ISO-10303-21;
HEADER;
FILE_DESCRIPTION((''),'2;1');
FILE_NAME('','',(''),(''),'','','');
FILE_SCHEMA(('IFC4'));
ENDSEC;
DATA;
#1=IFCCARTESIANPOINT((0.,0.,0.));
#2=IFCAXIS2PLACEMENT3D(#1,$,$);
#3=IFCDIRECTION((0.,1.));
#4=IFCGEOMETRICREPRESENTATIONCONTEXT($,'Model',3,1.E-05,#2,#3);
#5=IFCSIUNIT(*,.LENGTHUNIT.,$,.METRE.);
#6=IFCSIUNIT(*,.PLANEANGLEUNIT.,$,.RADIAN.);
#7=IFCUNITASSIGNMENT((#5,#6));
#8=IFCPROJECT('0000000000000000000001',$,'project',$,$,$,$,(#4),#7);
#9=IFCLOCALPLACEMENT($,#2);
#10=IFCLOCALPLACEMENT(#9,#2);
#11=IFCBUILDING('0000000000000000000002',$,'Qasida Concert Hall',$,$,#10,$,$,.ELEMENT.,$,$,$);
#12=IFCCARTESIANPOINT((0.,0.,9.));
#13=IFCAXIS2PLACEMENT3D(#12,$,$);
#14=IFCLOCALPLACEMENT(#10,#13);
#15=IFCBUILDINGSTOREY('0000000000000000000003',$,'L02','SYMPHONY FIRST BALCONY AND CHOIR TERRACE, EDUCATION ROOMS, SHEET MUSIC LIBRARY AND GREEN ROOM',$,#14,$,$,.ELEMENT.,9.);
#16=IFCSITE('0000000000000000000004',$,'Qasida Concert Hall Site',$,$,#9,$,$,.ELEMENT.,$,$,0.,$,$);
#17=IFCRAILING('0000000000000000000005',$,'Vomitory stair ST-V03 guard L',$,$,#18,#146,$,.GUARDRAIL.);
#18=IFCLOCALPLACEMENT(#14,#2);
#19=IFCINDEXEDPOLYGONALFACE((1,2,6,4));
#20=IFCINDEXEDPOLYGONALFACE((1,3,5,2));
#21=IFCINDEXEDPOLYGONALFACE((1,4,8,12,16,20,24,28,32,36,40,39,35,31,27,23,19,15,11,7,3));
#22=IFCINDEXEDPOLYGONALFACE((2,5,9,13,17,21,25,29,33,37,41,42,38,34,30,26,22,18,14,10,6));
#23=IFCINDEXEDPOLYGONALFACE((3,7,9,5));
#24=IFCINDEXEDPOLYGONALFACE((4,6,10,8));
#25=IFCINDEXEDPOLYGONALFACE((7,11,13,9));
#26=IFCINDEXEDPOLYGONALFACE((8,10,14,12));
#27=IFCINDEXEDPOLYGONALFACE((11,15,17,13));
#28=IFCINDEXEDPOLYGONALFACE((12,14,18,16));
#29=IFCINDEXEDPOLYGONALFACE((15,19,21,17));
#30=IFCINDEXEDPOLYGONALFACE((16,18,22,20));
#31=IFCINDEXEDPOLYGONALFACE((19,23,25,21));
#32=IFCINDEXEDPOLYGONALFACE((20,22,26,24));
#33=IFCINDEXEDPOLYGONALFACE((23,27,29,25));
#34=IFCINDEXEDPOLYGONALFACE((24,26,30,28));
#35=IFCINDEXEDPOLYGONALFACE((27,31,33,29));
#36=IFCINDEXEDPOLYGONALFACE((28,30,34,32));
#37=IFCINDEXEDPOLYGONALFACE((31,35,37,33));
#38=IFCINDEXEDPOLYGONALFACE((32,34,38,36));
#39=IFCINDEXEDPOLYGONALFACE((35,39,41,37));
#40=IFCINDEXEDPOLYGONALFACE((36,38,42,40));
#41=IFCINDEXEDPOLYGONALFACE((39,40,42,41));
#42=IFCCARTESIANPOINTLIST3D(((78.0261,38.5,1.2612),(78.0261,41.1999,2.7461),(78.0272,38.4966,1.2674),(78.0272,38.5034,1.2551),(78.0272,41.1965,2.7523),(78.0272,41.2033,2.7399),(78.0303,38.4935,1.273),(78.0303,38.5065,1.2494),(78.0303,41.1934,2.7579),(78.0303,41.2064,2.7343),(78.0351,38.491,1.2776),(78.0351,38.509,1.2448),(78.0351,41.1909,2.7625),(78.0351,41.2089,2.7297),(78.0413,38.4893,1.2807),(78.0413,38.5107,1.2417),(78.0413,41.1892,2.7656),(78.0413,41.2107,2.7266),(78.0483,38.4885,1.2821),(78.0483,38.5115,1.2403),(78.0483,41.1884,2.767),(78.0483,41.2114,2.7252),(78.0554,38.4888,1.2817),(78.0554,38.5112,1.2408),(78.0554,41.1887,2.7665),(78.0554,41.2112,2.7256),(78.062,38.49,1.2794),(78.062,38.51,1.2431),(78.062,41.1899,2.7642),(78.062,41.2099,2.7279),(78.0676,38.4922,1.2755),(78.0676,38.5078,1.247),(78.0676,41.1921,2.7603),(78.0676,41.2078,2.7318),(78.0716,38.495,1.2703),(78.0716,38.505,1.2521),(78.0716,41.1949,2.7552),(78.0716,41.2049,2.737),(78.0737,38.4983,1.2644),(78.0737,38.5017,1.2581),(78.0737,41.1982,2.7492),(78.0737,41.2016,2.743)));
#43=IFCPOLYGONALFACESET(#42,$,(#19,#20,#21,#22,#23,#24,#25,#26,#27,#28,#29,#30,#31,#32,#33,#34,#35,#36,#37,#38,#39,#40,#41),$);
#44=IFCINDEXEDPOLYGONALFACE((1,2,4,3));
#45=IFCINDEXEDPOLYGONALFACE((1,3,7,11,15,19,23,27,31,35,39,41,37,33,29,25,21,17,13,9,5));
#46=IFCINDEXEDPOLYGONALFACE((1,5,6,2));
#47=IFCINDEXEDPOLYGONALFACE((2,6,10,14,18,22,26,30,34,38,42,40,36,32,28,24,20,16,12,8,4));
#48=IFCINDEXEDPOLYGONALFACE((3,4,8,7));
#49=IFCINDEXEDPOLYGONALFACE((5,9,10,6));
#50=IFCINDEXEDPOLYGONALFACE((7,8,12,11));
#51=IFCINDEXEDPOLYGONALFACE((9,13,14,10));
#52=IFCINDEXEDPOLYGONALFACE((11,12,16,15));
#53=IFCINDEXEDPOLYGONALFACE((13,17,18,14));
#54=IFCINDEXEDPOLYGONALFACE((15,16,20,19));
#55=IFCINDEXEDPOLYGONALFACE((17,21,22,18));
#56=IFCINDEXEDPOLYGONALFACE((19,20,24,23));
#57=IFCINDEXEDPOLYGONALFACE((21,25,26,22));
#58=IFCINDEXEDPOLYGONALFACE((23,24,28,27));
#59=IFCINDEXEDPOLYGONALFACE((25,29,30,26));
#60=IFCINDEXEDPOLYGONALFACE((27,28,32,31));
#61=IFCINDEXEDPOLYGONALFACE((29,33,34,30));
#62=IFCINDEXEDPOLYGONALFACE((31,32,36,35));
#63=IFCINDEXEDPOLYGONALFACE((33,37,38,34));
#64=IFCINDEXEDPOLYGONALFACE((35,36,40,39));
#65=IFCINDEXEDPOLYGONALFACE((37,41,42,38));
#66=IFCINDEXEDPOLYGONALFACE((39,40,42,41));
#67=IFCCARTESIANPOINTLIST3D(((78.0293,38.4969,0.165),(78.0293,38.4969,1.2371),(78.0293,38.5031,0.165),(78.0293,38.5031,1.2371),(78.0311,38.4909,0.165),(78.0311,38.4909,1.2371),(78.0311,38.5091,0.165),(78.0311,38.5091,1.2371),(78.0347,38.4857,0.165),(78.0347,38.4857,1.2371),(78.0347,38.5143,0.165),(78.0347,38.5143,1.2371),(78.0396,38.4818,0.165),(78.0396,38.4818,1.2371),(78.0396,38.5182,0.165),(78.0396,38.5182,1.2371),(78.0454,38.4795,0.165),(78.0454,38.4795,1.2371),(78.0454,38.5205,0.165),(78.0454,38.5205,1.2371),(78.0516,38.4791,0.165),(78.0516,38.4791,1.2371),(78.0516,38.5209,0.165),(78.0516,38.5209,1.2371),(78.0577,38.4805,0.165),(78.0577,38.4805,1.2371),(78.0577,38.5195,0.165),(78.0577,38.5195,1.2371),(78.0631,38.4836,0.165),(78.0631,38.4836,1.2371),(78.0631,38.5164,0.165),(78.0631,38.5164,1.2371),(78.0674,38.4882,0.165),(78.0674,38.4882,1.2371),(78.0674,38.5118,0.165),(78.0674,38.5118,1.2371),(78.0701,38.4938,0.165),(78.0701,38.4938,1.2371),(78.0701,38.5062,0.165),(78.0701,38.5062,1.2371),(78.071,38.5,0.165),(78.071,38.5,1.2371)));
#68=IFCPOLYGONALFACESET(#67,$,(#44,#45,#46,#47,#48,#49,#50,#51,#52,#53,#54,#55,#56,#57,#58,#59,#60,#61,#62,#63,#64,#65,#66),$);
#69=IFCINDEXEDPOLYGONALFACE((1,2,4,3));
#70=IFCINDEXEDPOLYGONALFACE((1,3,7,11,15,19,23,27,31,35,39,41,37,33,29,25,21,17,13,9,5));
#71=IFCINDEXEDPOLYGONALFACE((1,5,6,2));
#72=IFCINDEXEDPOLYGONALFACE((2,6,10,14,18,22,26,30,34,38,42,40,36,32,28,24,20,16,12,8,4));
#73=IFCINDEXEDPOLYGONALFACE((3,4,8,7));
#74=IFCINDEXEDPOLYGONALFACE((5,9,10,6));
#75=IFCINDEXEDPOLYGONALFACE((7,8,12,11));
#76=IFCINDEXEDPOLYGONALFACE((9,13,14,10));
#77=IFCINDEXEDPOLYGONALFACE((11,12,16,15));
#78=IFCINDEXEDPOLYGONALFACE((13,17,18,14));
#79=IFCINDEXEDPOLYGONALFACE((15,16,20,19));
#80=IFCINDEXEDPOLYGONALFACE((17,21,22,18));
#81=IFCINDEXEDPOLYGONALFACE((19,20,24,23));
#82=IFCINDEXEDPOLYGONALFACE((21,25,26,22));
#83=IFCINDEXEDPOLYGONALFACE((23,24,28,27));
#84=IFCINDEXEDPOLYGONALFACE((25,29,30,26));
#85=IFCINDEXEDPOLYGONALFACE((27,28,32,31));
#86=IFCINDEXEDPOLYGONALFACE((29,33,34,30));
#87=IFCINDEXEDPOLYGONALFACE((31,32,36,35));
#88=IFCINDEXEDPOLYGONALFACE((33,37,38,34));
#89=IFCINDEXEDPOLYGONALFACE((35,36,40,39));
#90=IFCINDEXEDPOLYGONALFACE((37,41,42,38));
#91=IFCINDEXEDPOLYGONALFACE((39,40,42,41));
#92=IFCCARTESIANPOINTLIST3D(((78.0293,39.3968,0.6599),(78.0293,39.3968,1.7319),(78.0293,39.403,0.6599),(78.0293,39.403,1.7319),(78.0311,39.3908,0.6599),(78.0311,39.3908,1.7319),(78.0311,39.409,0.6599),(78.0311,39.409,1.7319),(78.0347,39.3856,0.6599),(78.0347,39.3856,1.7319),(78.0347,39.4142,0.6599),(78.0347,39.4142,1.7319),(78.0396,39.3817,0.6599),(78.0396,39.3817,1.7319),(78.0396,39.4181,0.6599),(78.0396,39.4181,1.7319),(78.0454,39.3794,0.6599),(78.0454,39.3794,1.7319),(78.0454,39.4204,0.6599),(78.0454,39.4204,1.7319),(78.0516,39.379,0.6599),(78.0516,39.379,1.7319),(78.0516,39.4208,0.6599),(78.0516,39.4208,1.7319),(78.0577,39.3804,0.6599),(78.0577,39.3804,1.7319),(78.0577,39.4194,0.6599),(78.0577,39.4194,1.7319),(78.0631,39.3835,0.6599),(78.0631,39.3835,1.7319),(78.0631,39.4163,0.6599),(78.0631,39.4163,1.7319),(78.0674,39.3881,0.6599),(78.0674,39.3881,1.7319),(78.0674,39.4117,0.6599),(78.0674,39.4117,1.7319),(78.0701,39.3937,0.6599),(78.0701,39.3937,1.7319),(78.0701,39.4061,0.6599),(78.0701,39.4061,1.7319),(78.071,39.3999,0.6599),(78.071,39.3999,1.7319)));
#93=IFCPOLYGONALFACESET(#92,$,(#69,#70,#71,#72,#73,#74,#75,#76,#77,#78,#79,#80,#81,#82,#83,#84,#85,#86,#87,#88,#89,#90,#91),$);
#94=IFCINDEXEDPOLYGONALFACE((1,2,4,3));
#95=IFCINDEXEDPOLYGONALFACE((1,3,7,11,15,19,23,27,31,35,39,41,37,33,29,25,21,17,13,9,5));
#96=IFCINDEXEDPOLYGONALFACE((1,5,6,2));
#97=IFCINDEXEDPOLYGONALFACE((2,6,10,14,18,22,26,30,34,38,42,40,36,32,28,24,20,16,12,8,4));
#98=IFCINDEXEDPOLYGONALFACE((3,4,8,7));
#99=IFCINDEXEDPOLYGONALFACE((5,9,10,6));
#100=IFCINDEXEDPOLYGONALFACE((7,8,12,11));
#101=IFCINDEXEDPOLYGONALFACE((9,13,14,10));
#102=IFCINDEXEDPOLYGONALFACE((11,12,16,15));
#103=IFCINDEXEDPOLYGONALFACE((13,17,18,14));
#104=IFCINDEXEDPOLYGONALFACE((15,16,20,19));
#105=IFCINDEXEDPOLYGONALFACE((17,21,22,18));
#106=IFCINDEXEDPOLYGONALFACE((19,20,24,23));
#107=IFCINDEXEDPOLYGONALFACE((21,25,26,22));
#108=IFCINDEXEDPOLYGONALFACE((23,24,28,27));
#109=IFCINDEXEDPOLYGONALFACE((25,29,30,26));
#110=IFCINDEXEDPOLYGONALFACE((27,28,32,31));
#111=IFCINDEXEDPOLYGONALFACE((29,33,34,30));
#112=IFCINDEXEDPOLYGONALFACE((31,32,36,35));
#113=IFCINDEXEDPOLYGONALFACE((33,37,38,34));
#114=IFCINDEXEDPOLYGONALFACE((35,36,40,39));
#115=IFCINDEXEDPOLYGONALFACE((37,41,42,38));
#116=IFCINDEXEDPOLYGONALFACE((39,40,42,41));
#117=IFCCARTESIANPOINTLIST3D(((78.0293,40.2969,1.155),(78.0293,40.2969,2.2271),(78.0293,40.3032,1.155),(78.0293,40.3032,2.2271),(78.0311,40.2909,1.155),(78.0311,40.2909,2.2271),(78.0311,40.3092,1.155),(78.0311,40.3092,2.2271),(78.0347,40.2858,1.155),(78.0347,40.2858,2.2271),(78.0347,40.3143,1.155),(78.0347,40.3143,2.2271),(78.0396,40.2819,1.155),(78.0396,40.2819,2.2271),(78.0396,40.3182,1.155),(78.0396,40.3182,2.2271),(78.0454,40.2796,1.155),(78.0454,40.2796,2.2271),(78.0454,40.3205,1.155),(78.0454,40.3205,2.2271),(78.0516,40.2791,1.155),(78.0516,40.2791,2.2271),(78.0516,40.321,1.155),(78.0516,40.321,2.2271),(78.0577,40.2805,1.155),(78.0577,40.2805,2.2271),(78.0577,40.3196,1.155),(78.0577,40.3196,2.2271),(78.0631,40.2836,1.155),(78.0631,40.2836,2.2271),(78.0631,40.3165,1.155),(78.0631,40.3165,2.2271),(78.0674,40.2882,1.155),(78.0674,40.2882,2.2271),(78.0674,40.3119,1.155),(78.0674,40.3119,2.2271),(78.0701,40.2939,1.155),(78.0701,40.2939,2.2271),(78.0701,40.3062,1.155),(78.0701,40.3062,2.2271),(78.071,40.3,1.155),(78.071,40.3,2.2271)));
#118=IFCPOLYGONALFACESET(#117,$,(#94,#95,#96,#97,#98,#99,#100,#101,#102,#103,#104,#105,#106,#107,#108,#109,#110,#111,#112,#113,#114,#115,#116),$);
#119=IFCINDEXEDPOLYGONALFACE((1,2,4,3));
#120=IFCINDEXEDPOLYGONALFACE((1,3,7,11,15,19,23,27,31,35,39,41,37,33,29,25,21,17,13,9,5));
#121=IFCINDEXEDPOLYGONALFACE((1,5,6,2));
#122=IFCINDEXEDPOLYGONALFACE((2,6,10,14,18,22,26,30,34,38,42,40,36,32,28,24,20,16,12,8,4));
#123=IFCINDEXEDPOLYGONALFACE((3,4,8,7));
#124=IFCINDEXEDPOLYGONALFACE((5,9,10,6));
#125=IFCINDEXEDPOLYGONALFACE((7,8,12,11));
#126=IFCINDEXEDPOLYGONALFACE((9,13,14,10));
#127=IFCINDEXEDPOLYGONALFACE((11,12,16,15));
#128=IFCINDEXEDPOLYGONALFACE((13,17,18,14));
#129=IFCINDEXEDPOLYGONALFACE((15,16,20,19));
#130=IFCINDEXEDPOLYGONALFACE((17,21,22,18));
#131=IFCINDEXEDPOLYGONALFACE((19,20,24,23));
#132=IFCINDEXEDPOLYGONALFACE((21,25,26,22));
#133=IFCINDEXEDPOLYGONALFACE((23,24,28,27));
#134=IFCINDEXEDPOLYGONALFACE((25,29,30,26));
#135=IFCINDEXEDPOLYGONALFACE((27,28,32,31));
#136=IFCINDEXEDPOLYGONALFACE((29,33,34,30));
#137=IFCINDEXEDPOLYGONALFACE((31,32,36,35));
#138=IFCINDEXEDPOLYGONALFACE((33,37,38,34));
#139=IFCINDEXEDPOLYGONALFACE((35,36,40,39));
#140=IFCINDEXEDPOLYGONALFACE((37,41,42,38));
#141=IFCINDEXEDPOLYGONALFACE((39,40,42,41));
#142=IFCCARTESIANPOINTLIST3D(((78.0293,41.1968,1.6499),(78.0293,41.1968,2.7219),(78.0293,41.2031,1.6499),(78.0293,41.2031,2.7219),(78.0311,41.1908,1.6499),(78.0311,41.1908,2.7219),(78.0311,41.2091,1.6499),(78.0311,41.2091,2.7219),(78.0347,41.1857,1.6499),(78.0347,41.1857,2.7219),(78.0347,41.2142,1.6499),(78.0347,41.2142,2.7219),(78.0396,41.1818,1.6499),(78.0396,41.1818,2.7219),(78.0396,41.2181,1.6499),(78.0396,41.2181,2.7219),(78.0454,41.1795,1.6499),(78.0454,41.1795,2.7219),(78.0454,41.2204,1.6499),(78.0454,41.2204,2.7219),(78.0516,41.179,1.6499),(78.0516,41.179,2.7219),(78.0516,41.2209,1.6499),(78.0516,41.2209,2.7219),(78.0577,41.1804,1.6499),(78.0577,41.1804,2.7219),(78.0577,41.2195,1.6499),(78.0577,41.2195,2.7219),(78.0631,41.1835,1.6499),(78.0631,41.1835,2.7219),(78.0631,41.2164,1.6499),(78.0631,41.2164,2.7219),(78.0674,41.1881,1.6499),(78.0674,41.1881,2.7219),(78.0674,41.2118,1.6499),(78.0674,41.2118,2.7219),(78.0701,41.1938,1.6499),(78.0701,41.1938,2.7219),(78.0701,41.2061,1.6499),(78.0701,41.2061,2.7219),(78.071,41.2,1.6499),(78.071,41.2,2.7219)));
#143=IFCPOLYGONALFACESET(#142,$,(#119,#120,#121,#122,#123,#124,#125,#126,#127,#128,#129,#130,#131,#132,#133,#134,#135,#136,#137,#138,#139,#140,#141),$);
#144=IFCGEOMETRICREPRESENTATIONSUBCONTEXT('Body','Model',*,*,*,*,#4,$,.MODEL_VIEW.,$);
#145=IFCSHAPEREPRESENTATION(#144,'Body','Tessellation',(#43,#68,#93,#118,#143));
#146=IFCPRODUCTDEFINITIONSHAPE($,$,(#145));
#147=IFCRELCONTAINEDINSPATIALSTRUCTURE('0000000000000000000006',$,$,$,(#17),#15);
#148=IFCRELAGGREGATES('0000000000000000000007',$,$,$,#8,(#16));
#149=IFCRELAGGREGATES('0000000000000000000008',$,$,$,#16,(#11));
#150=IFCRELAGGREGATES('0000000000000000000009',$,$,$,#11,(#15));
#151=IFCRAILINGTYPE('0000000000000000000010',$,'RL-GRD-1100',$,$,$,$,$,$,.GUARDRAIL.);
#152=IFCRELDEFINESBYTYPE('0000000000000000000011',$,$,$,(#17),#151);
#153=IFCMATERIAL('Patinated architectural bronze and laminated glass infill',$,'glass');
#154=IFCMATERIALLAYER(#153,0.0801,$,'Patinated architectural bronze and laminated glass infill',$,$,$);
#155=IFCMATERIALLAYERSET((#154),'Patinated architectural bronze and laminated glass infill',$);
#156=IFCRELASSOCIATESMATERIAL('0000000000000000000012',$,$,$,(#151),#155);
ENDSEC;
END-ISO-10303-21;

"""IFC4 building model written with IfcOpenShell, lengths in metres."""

from ifc_helpers import new_model, si_unit, direction, frame, origin, origin_2d, place, context, subcontext, project, spatial, circle, extrude, material, layer, layer_set, type_object, element, save


model = new_model("IFC4")

# Units and contexts
model_context = context("Model", 3, precision=1e-05, world=origin(), true_north=direction((0.0, 1.0)))
body_context = subcontext(model_context, "Body", "Model", "MODEL_VIEW")
ifc_project = project(units=[si_unit("LENGTHUNIT", "METRE"), si_unit("PLANEANGLEUNIT", "RADIAN")], contexts=[model_context])

# Site, building, storey
site_placement = place(None, origin())
site = spatial("IfcSite", under=ifc_project, at=site_placement, Name="Qasida Concert Hall Site", CompositionType="ELEMENT", RefElevation=0.0)
building_placement = place(site_placement, origin())
building = spatial("IfcBuilding", under=site, at=building_placement, Name="Qasida Concert Hall", CompositionType="ELEMENT")
storey_placement = place(building_placement, frame((0.0, 0.0, 9.0)))
storey = spatial("IfcBuildingStorey", under=building, at=storey_placement, Name="L02", Description="SYMPHONY FIRST BALCONY AND CHOIR TERRACE, EDUCATION ROOMS, SHEET MUSIC LIBRARY AND GREEN ROOM", CompositionType="ELEMENT", Elevation=9.0)

# Railing
ifc_material_1 = material(Name="Patinated architectural bronze and laminated glass infill", Category="glass")
ifc_layer_1 = layer(ifc_material_1, 0.0801, Name="Patinated architectural bronze and laminated glass infill")
ifc_layer_set_1 = layer_set([ifc_layer_1], Name="Patinated architectural bronze and laminated glass infill")
railing_type_1 = type_object("IfcRailingType", Name="RL-GRD-1100", PredefinedType="GUARDRAIL", material=ifc_layer_set_1)
for number, where, name in (
    (1, (78.05, 38.5, 0.165), "Vomitory stair ST-V03 guard L"),
):
    element("IfcRailing", number, at=place(storey_placement, frame(where)), inside=storey, type_object=railing_type_1, Name=name, PredefinedType="GUARDRAIL", context=body_context, shape_type="SweptSolid", body=[
        extrude(circle(Radius=0.0239, at=origin_2d()), frame((0.0, 0.0, 1.0962), z_axis=(0.0, 0.876231, 0.481891), x_axis=(-1.0, 0.0, 0.0)), (0.0, 0.0, 1.0), 3.0813),
        extrude(circle(Radius=0.021, at=origin_2d()), origin(), (0.0, 0.0, 1.0), 1.072),
        extrude(circle(Radius=0.021, at=origin_2d()), frame((0.0, 0.8999, 0.4949)), (0.0, 0.0, 1.0), 1.072),
        extrude(circle(Radius=0.021, at=origin_2d()), frame((0.0, 1.8, 0.99)), (0.0, 0.0, 1.0), 1.072),
        extrude(circle(Radius=0.021, at=origin_2d()), frame((0.0, 2.7, 1.4849)), (0.0, 0.0, 1.0), 1.072),
    ])

save(model, "model.ifc")
